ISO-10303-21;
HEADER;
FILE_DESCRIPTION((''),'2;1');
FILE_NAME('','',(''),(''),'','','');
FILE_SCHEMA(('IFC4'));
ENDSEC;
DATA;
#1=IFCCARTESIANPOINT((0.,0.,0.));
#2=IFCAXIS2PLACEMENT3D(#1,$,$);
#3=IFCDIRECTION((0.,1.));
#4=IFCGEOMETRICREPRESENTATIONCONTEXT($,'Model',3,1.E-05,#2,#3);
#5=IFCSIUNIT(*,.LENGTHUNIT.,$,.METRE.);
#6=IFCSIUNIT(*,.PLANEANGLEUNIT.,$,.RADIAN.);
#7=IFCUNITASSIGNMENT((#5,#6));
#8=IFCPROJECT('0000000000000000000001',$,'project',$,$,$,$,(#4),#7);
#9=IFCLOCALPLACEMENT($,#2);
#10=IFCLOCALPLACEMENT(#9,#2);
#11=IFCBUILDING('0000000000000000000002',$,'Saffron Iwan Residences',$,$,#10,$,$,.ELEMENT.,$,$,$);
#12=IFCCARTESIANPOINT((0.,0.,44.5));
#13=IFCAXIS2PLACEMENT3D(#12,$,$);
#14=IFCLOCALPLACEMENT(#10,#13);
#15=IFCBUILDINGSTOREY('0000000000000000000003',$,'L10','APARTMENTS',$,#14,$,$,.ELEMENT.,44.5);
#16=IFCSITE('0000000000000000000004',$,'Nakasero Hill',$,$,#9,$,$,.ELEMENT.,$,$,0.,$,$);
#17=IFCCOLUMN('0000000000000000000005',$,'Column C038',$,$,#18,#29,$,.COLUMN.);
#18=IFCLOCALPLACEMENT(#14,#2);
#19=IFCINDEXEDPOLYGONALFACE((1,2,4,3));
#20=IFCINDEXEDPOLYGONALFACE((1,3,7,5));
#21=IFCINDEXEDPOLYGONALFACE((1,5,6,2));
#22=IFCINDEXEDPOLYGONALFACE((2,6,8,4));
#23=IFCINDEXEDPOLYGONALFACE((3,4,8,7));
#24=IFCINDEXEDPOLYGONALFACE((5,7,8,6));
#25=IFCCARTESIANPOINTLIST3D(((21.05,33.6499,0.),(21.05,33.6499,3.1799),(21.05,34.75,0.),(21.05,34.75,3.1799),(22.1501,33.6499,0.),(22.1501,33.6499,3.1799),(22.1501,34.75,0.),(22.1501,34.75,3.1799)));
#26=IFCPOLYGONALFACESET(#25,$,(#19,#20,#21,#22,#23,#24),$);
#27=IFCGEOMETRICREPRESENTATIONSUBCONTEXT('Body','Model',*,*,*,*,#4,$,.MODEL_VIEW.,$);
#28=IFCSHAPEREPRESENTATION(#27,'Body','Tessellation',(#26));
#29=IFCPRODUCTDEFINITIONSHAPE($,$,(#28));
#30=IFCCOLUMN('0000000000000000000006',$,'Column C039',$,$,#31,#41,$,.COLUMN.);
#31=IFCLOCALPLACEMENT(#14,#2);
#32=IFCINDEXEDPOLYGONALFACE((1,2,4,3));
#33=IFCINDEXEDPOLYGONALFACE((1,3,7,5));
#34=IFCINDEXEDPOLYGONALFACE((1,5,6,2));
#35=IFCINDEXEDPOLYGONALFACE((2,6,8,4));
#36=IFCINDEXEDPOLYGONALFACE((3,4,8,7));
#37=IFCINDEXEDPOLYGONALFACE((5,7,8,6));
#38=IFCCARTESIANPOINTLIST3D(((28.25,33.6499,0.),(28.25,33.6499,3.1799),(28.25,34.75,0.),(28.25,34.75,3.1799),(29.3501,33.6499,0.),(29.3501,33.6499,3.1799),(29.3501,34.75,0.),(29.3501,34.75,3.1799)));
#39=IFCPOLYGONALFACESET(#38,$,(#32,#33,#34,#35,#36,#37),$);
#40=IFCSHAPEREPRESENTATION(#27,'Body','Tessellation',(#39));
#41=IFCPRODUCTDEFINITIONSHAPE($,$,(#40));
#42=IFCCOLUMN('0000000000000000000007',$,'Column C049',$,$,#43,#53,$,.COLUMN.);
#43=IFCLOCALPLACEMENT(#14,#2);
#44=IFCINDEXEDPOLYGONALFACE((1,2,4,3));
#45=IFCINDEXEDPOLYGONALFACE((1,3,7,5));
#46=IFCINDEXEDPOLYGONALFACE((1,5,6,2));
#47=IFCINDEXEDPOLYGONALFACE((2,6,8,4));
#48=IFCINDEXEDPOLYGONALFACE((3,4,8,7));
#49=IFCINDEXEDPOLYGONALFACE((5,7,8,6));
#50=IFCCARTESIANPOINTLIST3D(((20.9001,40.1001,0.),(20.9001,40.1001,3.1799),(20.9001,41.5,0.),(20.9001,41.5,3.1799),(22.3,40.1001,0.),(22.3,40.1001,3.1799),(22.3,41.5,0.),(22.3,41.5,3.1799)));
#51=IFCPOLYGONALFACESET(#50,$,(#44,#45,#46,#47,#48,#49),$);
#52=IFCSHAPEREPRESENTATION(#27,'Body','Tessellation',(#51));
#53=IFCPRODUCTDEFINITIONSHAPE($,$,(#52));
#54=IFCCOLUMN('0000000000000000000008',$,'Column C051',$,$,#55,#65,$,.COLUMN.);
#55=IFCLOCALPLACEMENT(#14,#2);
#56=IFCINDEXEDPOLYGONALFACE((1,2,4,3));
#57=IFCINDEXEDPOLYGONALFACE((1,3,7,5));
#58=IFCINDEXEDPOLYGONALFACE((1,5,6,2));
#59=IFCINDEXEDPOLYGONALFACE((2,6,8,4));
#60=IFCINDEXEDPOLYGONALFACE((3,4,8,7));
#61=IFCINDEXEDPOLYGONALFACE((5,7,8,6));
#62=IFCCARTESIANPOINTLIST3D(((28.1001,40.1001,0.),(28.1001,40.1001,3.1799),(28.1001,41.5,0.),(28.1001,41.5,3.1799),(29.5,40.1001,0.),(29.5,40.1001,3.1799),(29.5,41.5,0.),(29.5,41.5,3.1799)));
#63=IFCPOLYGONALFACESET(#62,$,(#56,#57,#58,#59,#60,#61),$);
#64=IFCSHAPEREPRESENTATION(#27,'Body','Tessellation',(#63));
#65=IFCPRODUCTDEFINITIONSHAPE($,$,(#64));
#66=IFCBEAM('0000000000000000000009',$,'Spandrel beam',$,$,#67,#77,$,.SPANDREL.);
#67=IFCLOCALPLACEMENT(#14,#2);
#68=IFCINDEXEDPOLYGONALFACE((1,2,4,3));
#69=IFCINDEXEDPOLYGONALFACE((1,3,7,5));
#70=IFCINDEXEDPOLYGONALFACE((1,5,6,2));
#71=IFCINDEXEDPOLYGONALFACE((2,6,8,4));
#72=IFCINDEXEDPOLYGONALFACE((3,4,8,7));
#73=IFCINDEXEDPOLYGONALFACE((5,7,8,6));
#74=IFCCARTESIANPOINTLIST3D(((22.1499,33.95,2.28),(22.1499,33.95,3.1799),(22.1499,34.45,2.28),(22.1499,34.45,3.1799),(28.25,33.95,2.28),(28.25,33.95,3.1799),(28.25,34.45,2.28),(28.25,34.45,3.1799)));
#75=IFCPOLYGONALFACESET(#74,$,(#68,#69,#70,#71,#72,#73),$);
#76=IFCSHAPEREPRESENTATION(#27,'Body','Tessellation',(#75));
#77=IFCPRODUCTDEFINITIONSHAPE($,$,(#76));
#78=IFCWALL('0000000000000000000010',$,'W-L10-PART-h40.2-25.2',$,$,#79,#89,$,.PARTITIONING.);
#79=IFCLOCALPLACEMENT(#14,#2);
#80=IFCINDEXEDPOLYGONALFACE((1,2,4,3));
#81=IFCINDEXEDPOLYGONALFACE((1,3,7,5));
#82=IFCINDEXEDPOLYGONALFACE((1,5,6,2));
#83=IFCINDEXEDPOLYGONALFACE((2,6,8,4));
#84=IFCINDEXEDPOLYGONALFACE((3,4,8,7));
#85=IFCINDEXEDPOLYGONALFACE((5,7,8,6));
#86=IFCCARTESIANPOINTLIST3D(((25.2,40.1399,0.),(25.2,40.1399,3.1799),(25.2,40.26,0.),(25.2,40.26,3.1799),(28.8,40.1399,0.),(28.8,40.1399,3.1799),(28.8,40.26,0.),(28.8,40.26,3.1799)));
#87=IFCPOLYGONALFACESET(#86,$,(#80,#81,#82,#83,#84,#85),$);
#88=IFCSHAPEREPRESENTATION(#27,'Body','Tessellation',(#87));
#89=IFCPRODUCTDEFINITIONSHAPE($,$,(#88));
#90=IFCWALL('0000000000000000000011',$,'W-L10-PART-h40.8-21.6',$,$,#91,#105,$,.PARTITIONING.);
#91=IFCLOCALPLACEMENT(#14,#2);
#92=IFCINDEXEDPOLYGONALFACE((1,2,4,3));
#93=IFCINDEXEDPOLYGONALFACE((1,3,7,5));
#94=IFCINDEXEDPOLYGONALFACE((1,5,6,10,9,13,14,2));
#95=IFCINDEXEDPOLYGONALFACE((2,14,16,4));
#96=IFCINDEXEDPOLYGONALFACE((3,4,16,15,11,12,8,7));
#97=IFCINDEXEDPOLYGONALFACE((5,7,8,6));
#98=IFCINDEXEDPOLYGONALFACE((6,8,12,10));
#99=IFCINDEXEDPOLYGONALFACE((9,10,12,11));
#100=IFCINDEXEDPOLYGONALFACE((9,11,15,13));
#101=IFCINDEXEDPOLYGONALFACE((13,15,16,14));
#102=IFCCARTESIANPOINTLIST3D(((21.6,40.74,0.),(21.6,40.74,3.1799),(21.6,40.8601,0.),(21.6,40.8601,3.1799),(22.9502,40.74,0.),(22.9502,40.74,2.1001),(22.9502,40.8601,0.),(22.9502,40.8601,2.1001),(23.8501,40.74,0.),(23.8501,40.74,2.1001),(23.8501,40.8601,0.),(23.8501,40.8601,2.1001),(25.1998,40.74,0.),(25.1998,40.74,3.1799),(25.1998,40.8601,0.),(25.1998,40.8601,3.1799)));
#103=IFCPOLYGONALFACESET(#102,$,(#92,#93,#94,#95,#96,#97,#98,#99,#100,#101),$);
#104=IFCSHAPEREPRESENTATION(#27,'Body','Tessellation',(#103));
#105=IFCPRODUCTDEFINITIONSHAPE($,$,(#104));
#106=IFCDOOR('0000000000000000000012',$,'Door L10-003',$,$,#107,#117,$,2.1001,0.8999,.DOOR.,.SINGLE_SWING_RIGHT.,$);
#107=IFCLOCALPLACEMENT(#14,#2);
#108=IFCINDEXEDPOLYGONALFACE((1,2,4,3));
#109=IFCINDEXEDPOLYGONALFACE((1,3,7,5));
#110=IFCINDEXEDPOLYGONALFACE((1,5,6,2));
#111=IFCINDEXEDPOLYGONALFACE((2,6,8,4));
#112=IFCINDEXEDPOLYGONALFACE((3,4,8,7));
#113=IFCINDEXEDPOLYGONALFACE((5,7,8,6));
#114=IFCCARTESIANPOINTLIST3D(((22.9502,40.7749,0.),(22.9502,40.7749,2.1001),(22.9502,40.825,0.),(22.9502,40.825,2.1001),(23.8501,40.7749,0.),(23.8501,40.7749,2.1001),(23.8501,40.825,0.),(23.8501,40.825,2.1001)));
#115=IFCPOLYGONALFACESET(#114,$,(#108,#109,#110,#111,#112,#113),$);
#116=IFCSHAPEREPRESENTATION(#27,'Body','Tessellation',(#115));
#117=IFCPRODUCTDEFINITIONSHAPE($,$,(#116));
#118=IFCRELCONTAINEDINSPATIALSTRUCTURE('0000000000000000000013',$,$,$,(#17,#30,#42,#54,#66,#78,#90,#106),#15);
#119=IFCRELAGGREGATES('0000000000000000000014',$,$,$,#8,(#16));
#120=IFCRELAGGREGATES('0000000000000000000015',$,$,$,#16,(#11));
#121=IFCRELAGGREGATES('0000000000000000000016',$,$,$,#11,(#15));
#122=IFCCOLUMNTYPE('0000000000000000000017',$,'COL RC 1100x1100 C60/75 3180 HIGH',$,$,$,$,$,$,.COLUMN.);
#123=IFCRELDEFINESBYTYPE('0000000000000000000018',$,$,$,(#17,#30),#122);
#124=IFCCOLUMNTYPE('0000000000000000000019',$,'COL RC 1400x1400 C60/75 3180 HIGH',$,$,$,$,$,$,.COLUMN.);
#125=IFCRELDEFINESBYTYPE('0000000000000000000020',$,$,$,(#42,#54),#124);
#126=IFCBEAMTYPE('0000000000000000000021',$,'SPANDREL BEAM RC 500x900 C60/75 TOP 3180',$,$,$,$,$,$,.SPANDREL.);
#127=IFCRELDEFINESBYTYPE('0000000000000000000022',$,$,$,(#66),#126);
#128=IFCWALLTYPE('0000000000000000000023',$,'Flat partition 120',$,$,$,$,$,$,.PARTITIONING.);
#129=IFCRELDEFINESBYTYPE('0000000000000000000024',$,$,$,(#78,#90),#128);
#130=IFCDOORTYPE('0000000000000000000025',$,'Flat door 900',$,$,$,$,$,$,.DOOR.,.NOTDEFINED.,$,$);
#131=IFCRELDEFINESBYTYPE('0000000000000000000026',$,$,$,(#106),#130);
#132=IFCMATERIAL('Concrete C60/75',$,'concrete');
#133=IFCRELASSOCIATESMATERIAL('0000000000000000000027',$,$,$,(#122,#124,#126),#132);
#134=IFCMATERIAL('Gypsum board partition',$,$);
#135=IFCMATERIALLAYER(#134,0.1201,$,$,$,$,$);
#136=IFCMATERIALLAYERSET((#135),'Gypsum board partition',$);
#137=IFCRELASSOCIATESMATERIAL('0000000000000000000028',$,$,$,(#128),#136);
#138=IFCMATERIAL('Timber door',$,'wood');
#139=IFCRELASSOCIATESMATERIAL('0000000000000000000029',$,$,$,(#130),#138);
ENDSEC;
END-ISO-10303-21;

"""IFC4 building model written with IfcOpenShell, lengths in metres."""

from ifc_helpers import new_model, si_unit, direction, frame, frame_2d, origin, origin_2d, place, context, subcontext, project, spatial, rectangle, extrude, source, transform, mapped, material, layer, layer_set, material_profile, profile_set, type_object, element, fill, save


model = new_model("IFC4")

# Units and contexts
model_context = context("Model", 3, precision=1e-05, world=origin(), true_north=direction((0.0, 1.0)))
body_context = subcontext(model_context, "Body", "Model", "MODEL_VIEW")
ifc_project = project(units=[si_unit("LENGTHUNIT", "METRE"), si_unit("PLANEANGLEUNIT", "RADIAN")], contexts=[model_context])

# Site, building, storey
site_placement = place(None, origin())
site = spatial("IfcSite", under=ifc_project, at=site_placement, Name="Nakasero Hill", CompositionType="ELEMENT", RefElevation=0.0)
building_placement = place(site_placement, origin())
building = spatial("IfcBuilding", under=site, at=building_placement, Name="Saffron Iwan Residences", CompositionType="ELEMENT")
storey_placement = place(building_placement, frame((0.0, 0.0, 44.5)))
storey = spatial("IfcBuildingStorey", under=building, at=storey_placement, Name="L10", Description="APARTMENTS", CompositionType="ELEMENT", Elevation=44.5)

# Columns
ifc_material_1 = material(Name="Concrete C60/75", Category="concrete")
ifc_material_profile_1 = material_profile(ifc_material_1, rectangle(XDim=1.1001, YDim=1.1001, at=origin_2d()), Name="RC 1100x1100")
ifc_profile_set_1 = profile_set([ifc_material_profile_1], Name="Concrete C60/75")
column_type_1 = type_object("IfcColumnType", Name="COL RC 1100x1100 C60/75 3180 HIGH", PredefinedType="COLUMN", material=ifc_profile_set_1)
shared_shape_1 = source(origin(), body_context, "Body", "SweptSolid", [
    extrude(rectangle(XDim=1.1001, YDim=1.1001, at=origin_2d()), origin(), (0.0, 0.0, 1.0), 3.1799),
])
for number, where, z_axis, x_axis, name in (
    (1, (21.6001, 34.2, 0.0), (0.0, 0.0, 1.0), (1.0, 0.0, 0.0), "Column C038"),
    (2, (28.8, 34.2, 0.0), (0.0, 0.0, 1.0), (1.0, 0.0, 0.0), "Column C039"),
):
    element("IfcColumn", number, at=place(storey_placement, frame(where, z_axis=z_axis, x_axis=x_axis)), inside=storey, type_object=column_type_1, Name=name, PredefinedType="COLUMN", context=body_context, shape_type="MappedRepresentation", body=[
        mapped(shared_shape_1, transform((0.0, 0.0, 0.0))),
    ])
ifc_material_profile_2 = material_profile(ifc_material_1, rectangle(XDim=1.3999, YDim=1.3999, at=origin_2d()), Name="RC 1400x1400")
ifc_profile_set_2 = profile_set([ifc_material_profile_2], Name="Concrete C60/75")
column_type_2 = type_object("IfcColumnType", Name="COL RC 1400x1400 C60/75 3180 HIGH", PredefinedType="COLUMN", material=ifc_profile_set_2)
shared_shape_2 = source(origin(), body_context, "Body", "SweptSolid", [
    extrude(rectangle(XDim=1.3999, YDim=1.3999, at=origin_2d()), origin(), (0.0, 0.0, 1.0), 3.1799),
])
for number, where, z_axis, x_axis, name in (
    (3, (21.6001, 40.8, 0.0), (0.0, 0.0, 1.0), (1.0, 0.0, 0.0), "Column C049"),
    (4, (28.8, 40.8, 0.0), (0.0, 0.0, 1.0), (1.0, 0.0, 0.0), "Column C051"),
):
    element("IfcColumn", number, at=place(storey_placement, frame(where, z_axis=z_axis, x_axis=x_axis)), inside=storey, type_object=column_type_2, Name=name, PredefinedType="COLUMN", context=body_context, shape_type="MappedRepresentation", body=[
        mapped(shared_shape_2, transform((0.0, 0.0, 0.0))),
    ])

# Beam
ifc_material_profile_3 = material_profile(ifc_material_1, rectangle(XDim=0.5, YDim=0.8999, at=origin_2d()), Name="RC 500x900")
ifc_profile_set_3 = profile_set([ifc_material_profile_3], Name="Concrete C60/75")
beam_type = type_object("IfcBeamType", Name="SPANDREL BEAM RC 500x900 C60/75 TOP 3180", PredefinedType="SPANDREL", material=ifc_profile_set_3)
shared_shape_3 = source(origin(), body_context, "Body", "SweptSolid", [
    extrude(rectangle(XDim=0.5, YDim=0.8999, at=origin_2d()), origin(), (0.0, 0.0, 1.0), 6.1001),
])
beam_placement = place(storey_placement, frame((28.25, 34.2, 2.73), z_axis=(-1.0, 0.0, 0.0), x_axis=(0.0, -1.0, 0.0)))
element("IfcBeam", 5, at=beam_placement, inside=storey, type_object=beam_type, Name="Spandrel beam", PredefinedType="SPANDREL", context=body_context, shape_type="MappedRepresentation", body=[
    mapped(shared_shape_3, transform((0.0, 0.0, 0.0))),
])

# Wall
ifc_material_2 = material(Name="Gypsum board partition")
ifc_layer_1 = layer(ifc_material_2, 0.1201)
ifc_layer_set_1 = layer_set([ifc_layer_1], Name="Gypsum board partition")
wall_type_1 = type_object("IfcWallType", Name="Flat partition 120", PredefinedType="PARTITIONING", material=ifc_layer_set_1)
wall_1_placement = place(storey_placement, frame((25.2, 40.2, 0.0), z_axis=(0.0, 0.0, 1.0), x_axis=(1.0, 0.0, 0.0)))
element("IfcWall", 6, at=wall_1_placement, inside=storey, type_object=wall_type_1, Name="W-L10-PART-h40.2-25.2", PredefinedType="PARTITIONING", context=body_context, shape_type="SweptSolid", body=[
    extrude(rectangle(XDim=3.6001, YDim=0.1201, at=frame_2d((1.8, 0.0))), origin(), (0.0, 0.0, 1.0), 3.1799),
])

# Wall, opening, door
wall_2_placement = place(storey_placement, frame((21.6001, 40.8, 0.0), z_axis=(0.0, 0.0, 1.0), x_axis=(1.0, 0.0, 0.0)))
wall_2 = element("IfcWall", 7, at=wall_2_placement, inside=storey, type_object=wall_type_1, Name="W-L10-PART-h40.8-21.6", PredefinedType="PARTITIONING", context=body_context, shape_type="SweptSolid", body=[
    extrude(rectangle(XDim=3.5999, YDim=0.1201, at=frame_2d((1.7998, 0.0))), origin(), (0.0, 0.0, 1.0), 3.1799),
])
opening_1_placement = place(wall_2_placement, frame((1.3501, 0.0, 0.0)))
opening_1 = element("IfcOpeningElement", 8, at=opening_1_placement, cuts=wall_2, PredefinedType="OPENING", context=body_context, shape_type="SweptSolid", body=[
    extrude(rectangle(XDim=0.8999, YDim=2.1001, at=frame_2d((0.45, 1.05))), frame((0.0, 0.0701, 0.0), z_axis=(0.0, -1.0, 0.0), x_axis=(1.0, 0.0, 0.0)), (0.0, 0.0, 1.0), 0.1401),
])
ifc_material_3 = material(Name="Timber door", Category="wood")
door_type_1 = type_object("IfcDoorType", Name="Flat door 900", OperationType="NOTDEFINED", PredefinedType="DOOR", material=ifc_material_3)
door_1_placement = place(opening_1_placement, origin())
door_1 = element("IfcDoor", 9, at=door_1_placement, inside=storey, type_object=door_type_1, Name="Door L10-003", OperationType="SINGLE_SWING_RIGHT", OverallHeight=2.1001, OverallWidth=0.8999, PredefinedType="DOOR", context=body_context, shape_type="SweptSolid", body=[
    extrude(rectangle(XDim=0.8999, YDim=2.1001, at=frame_2d((0.45, 1.05))), frame((0.0, 0.0249, 0.0), z_axis=(0.0, -1.0, 0.0), x_axis=(1.0, 0.0, 0.0)), (0.0, 0.0, 1.0), 0.05),
])
fill(opening_1, door_1)

save(model, "model.ifc")
